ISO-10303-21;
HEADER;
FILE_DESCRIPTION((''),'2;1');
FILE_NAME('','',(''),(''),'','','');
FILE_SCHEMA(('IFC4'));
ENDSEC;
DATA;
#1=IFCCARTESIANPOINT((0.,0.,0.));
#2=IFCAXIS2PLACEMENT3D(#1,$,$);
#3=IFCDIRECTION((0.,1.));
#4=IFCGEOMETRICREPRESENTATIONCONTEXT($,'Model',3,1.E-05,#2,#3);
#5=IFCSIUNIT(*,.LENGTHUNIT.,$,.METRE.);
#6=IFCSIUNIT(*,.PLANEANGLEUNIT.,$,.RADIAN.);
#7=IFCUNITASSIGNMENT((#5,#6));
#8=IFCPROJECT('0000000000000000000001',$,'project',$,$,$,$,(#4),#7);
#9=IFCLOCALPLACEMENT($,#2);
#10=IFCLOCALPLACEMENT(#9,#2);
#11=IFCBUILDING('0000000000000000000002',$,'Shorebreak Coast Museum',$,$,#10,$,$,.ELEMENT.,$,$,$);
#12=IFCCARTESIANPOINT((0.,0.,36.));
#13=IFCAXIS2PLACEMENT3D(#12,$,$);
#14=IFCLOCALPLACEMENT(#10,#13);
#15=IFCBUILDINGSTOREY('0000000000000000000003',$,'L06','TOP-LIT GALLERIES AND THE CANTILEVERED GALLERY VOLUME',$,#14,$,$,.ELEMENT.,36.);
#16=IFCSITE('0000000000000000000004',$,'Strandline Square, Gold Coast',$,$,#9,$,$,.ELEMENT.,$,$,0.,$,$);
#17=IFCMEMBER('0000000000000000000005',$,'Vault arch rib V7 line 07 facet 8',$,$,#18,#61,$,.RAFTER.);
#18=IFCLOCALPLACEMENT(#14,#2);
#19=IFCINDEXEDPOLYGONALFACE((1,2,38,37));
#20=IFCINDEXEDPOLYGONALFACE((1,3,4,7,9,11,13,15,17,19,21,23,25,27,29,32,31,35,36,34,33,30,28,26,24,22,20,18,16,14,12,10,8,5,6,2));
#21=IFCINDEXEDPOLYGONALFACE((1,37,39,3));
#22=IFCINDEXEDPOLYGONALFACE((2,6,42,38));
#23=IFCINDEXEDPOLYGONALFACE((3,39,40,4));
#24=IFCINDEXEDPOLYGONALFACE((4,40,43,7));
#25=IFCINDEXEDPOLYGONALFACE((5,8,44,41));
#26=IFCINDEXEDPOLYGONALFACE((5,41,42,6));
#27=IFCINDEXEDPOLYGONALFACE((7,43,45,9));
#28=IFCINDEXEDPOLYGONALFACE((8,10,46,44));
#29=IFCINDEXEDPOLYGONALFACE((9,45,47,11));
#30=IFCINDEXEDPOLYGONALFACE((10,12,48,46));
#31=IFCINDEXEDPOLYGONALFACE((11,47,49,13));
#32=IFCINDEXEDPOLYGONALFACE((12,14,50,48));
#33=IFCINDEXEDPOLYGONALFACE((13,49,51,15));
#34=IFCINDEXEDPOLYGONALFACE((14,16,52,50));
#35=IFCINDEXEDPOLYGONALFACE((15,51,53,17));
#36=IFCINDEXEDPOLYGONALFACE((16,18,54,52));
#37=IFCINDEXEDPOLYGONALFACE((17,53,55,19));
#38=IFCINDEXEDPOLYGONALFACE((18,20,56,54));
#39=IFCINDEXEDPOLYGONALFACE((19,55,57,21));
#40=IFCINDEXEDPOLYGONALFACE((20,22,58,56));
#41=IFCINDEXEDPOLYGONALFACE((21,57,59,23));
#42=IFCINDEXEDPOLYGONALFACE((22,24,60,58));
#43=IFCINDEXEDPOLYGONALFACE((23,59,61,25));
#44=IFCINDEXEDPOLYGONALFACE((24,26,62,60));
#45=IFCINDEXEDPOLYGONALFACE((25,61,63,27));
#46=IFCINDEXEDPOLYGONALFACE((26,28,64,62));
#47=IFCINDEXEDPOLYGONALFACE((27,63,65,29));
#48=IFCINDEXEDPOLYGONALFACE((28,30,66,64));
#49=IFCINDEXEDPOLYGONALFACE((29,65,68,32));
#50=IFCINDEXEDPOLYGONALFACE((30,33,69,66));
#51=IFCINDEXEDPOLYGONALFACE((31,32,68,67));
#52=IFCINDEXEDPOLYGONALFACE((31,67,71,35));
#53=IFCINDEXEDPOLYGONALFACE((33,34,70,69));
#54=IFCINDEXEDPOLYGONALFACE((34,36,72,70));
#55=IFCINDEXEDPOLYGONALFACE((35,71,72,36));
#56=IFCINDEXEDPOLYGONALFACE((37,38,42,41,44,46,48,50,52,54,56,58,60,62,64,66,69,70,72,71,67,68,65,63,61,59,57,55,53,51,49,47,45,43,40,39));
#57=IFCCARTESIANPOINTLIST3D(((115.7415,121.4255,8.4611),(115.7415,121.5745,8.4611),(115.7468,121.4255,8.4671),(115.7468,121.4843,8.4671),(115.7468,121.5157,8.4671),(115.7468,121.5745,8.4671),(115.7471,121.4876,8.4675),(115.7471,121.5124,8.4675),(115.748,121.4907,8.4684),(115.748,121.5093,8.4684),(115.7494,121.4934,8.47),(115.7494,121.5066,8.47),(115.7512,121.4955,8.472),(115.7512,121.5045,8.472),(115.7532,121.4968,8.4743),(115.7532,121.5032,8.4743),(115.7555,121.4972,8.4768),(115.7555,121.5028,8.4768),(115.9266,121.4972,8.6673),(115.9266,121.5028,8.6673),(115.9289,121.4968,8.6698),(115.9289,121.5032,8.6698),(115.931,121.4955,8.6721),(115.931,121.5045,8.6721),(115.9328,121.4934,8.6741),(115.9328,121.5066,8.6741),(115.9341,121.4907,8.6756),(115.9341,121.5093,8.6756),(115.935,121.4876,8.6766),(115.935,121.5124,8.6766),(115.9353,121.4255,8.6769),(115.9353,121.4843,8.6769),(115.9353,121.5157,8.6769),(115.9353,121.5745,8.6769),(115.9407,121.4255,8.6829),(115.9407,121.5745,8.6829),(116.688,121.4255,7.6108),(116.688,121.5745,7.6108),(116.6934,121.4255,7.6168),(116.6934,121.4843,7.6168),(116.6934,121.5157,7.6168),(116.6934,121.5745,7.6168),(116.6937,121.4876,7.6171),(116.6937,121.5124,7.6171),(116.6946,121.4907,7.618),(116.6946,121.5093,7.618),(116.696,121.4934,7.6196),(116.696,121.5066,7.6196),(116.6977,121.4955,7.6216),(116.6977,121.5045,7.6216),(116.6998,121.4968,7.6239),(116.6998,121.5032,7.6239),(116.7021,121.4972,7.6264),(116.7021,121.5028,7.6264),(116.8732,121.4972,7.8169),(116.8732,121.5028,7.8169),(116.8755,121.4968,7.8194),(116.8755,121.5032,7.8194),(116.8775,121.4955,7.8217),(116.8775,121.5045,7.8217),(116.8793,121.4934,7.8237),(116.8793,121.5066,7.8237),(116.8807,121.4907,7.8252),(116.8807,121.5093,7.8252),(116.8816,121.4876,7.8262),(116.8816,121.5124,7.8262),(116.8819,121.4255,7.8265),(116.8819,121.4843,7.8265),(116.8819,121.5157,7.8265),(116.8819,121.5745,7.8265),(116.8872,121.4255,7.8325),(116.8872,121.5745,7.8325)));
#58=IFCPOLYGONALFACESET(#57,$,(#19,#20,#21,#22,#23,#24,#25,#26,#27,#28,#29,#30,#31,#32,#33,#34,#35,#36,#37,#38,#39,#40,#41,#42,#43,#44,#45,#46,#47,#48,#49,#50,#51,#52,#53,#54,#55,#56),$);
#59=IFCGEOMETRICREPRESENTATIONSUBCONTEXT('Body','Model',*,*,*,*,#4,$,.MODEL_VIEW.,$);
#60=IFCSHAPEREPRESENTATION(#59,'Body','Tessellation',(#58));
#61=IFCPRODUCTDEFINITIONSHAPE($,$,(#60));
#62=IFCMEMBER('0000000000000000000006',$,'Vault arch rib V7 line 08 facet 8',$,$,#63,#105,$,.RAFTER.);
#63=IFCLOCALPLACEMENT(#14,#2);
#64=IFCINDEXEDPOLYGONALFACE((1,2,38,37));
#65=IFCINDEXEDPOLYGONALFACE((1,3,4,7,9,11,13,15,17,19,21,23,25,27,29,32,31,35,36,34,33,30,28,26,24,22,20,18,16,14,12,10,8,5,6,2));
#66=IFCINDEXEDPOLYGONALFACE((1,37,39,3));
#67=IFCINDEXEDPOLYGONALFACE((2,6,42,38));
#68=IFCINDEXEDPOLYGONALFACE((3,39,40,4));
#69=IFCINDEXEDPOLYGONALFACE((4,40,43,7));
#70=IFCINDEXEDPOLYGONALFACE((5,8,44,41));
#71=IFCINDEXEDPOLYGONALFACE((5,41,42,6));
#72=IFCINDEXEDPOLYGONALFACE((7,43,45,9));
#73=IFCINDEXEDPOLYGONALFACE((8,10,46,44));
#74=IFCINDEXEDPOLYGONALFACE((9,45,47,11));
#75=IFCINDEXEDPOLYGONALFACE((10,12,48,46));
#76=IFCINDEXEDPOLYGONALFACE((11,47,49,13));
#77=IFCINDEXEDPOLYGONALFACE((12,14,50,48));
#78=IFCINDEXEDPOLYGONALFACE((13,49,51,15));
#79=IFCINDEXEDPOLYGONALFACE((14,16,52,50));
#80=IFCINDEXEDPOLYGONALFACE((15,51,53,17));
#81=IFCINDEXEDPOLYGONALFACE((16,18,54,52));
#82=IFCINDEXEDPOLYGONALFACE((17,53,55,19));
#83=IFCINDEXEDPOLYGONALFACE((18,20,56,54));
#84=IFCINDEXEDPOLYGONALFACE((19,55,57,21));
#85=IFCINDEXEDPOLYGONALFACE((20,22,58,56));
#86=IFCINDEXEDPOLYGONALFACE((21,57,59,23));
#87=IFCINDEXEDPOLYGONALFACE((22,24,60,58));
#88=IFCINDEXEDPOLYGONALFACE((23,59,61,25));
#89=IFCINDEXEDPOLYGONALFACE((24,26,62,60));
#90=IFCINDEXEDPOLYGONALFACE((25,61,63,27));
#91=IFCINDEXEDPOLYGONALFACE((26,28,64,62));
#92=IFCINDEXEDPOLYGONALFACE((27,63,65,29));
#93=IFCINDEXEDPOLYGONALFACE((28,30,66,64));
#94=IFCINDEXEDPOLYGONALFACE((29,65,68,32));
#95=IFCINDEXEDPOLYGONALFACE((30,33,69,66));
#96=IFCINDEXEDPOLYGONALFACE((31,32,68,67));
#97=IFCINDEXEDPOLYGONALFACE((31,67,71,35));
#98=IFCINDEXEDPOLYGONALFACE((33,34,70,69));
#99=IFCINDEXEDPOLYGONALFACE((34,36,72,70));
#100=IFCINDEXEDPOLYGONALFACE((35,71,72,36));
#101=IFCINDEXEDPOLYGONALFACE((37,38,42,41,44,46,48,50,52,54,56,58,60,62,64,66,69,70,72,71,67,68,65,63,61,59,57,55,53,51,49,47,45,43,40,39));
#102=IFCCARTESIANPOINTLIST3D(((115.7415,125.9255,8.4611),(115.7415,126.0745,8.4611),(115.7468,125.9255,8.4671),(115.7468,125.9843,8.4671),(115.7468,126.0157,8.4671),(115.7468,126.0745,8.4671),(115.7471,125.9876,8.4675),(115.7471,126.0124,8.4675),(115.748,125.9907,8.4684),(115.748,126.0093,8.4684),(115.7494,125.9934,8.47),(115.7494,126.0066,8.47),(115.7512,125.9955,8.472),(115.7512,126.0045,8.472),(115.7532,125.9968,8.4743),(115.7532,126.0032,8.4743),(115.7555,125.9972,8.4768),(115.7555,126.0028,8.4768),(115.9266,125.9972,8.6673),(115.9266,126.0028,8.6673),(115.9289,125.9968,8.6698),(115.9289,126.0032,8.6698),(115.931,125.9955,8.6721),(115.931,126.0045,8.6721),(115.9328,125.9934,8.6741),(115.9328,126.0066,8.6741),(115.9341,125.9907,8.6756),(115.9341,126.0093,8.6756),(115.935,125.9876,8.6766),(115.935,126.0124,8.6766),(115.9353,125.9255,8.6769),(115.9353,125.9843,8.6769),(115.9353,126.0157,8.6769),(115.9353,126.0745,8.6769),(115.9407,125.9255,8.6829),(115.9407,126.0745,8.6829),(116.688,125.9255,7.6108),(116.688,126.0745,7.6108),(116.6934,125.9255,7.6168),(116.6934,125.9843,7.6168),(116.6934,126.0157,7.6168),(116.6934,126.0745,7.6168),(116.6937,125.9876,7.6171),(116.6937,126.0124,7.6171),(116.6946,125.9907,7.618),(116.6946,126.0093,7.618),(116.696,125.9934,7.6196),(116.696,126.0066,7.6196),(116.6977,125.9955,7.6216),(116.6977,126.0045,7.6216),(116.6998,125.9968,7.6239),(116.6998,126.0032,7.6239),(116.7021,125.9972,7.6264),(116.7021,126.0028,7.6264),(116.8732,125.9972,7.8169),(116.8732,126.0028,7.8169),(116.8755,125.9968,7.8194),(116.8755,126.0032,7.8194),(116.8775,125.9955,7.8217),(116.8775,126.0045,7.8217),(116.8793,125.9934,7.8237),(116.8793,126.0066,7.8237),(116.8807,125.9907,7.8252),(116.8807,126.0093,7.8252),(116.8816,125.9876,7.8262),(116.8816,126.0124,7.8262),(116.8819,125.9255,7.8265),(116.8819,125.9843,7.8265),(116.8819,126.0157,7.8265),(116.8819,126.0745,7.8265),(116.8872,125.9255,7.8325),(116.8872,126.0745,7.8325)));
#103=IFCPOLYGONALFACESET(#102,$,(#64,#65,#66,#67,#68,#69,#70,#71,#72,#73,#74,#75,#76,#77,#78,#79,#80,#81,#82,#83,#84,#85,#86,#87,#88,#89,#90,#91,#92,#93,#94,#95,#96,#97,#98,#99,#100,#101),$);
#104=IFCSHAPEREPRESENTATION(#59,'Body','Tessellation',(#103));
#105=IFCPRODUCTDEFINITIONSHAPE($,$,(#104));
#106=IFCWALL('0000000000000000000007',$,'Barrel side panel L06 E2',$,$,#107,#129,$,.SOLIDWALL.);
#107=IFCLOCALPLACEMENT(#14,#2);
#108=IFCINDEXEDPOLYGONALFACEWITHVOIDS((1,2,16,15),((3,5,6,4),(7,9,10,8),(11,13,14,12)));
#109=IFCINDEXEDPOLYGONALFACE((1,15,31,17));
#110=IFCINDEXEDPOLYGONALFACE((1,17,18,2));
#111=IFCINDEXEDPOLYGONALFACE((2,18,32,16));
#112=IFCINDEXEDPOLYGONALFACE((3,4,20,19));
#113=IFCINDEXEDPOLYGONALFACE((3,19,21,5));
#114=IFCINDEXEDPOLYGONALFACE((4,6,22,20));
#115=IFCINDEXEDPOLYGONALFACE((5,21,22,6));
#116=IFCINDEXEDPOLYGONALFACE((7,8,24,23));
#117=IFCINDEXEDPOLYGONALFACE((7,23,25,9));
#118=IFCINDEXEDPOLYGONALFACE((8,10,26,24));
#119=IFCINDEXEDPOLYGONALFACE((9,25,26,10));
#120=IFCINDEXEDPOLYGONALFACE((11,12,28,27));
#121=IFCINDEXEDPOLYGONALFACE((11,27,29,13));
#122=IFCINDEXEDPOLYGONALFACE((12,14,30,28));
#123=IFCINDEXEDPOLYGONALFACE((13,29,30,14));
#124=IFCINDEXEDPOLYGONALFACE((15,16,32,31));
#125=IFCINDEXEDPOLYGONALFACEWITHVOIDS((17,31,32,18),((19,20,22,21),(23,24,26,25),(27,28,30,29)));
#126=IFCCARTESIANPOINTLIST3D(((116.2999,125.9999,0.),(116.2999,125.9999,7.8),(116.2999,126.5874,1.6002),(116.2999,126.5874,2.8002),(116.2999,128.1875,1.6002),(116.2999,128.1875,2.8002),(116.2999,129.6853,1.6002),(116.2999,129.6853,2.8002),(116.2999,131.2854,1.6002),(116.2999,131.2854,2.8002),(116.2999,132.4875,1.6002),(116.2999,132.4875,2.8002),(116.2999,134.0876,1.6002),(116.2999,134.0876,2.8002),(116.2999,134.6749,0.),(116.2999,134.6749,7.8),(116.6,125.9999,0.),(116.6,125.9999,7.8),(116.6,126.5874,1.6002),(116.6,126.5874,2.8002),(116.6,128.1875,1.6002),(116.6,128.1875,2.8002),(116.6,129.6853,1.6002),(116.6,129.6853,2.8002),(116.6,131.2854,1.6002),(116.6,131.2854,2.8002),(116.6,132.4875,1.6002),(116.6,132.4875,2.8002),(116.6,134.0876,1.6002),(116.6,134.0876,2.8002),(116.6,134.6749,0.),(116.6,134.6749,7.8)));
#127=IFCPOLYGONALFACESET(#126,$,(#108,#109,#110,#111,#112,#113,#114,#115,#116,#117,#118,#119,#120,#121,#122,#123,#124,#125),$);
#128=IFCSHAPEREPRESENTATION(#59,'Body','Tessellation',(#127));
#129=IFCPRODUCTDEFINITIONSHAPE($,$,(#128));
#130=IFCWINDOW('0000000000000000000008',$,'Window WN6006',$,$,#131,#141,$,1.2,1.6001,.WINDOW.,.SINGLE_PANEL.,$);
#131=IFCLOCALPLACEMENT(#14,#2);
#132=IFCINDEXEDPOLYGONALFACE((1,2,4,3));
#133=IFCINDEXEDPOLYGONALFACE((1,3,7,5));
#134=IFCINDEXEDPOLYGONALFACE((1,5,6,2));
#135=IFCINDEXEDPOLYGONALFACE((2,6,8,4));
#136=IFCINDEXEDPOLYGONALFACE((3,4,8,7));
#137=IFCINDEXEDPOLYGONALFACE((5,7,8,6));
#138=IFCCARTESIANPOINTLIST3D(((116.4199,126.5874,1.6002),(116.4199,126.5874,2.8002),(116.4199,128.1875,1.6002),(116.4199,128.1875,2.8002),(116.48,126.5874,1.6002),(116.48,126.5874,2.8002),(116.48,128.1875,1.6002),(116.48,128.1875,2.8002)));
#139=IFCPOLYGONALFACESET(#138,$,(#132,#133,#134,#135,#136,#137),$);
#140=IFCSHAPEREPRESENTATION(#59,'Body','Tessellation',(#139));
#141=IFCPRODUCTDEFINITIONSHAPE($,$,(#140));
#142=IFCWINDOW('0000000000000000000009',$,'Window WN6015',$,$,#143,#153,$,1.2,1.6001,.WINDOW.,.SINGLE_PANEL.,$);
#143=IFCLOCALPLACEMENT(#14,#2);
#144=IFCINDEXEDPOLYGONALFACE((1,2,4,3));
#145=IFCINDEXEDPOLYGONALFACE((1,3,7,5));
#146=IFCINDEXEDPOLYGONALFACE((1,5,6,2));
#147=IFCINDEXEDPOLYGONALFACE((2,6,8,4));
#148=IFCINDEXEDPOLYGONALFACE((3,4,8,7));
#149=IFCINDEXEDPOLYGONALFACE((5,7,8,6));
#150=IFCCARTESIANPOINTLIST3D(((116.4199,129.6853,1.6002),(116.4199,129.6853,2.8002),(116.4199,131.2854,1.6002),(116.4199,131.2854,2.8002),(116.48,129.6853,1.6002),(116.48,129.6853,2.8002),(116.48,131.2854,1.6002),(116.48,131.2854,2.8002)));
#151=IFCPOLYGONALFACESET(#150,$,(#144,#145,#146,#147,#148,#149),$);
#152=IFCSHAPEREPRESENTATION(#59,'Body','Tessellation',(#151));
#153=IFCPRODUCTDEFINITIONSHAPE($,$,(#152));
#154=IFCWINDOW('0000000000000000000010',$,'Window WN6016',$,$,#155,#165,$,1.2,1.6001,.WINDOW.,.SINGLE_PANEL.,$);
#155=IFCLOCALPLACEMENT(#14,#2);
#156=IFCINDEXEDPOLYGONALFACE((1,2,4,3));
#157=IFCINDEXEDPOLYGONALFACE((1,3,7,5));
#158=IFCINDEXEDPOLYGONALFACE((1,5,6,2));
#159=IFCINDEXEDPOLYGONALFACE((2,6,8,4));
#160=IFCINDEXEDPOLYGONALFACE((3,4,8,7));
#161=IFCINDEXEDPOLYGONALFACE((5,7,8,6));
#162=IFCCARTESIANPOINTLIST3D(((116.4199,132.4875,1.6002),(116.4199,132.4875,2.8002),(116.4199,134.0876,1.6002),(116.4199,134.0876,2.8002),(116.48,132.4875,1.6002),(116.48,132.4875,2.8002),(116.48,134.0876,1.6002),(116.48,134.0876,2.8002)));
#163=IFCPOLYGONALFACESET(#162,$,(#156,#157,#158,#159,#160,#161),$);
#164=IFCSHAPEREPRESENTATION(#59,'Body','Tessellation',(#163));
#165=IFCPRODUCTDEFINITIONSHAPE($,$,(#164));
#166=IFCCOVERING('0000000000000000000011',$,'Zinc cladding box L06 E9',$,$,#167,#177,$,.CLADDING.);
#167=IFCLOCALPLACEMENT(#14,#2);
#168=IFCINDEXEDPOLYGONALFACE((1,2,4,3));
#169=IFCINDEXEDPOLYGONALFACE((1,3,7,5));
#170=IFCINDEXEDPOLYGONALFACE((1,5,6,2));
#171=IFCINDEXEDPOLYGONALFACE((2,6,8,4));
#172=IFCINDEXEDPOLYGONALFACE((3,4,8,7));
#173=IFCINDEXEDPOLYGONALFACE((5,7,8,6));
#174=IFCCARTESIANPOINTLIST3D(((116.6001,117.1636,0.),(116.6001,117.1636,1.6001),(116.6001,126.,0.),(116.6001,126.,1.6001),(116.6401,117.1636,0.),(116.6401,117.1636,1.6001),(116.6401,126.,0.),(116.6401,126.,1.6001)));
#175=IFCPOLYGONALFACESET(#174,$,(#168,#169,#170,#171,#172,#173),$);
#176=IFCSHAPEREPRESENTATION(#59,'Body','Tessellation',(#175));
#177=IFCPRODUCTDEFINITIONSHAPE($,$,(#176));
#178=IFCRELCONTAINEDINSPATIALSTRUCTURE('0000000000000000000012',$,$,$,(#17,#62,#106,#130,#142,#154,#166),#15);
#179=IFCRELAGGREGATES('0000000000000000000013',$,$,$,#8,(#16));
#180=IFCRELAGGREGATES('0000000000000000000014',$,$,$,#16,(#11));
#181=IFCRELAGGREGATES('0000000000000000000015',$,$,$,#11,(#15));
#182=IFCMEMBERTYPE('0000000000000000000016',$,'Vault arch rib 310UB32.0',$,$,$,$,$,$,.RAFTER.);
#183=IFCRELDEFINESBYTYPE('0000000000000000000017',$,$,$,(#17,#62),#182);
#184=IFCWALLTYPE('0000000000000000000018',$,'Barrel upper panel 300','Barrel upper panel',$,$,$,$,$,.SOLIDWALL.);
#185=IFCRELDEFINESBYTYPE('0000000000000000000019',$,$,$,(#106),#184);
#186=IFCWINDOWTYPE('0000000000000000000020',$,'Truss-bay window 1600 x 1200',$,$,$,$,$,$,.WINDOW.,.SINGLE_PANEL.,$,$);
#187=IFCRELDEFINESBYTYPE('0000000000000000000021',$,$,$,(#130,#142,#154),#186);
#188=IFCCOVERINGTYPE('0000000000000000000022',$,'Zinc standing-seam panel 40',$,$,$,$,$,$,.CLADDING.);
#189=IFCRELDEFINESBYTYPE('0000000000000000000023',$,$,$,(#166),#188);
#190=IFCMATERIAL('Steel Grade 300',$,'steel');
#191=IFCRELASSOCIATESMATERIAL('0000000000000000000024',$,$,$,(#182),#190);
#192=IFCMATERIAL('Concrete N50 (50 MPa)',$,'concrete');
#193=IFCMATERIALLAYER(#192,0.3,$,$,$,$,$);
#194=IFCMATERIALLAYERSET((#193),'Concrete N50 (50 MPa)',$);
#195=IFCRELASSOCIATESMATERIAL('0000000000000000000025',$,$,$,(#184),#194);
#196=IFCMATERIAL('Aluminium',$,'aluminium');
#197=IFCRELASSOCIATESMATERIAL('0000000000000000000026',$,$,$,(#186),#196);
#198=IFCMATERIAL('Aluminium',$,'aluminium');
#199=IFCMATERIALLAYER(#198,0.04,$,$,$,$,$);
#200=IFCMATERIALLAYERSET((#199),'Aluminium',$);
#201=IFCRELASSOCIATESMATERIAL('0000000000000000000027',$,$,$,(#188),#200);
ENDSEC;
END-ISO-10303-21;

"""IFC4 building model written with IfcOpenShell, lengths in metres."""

from ifc_helpers import new_model, si_unit, direction, frame, frame_2d, origin, origin_2d, place, context, subcontext, project, spatial, rectangle, i_section, extrude, material, layer, layer_set, material_profile, profile_set, type_object, element, fill, save


model = new_model("IFC4")

# Units and contexts
model_context = context("Model", 3, precision=1e-05, world=origin(), true_north=direction((0.0, 1.0)))
body_context = subcontext(model_context, "Body", "Model", "MODEL_VIEW")
ifc_project = project(units=[si_unit("LENGTHUNIT", "METRE"), si_unit("PLANEANGLEUNIT", "RADIAN")], contexts=[model_context])

# Site, building, storey
site_placement = place(None, origin())
site = spatial("IfcSite", under=ifc_project, at=site_placement, Name="Strandline Square, Gold Coast", CompositionType="ELEMENT", RefElevation=0.0)
building_placement = place(site_placement, origin())
building = spatial("IfcBuilding", under=site, at=building_placement, Name="Shorebreak Coast Museum", CompositionType="ELEMENT")
storey_placement = place(building_placement, frame((0.0, 0.0, 36.0)))
storey = spatial("IfcBuildingStorey", under=building, at=storey_placement, Name="L06", Description="TOP-LIT GALLERIES AND THE CANTILEVERED GALLERY VOLUME", CompositionType="ELEMENT", Elevation=36.0)

# Members
ifc_material_1 = material(Name="Steel Grade 300", Category="steel")
ifc_material_profile_1 = material_profile(ifc_material_1, i_section(OverallWidth=0.1489, OverallDepth=0.2981, WebThickness=0.0056, FlangeThickness=0.0081, FilletRadius=0.0129, at=origin_2d()), Name="310UB32.0")
ifc_profile_set_1 = profile_set([ifc_material_profile_1], Name="Steel Grade 300")
member_type_1 = type_object("IfcMemberType", Name="Vault arch rib 310UB32.0", PredefinedType="RAFTER", material=ifc_profile_set_1)
for number, where, z_axis, x_axis, name in (
    (1, (115.8411, 121.5, 8.572), (0.743895, 0.0, -0.668297), (0.0, 1.0, 0.0), "Vault arch rib V7 line 07 facet 8"),
    (2, (115.8411, 126.0, 8.572), (0.743895, 0.0, -0.668297), (0.0, 1.0, 0.0), "Vault arch rib V7 line 08 facet 8"),
):
    element("IfcMember", number, at=place(storey_placement, frame(where, z_axis=z_axis, x_axis=x_axis)), inside=storey, type_object=member_type_1, Name=name, PredefinedType="RAFTER", context=body_context, shape_type="SweptSolid", body=[
        extrude(i_section(OverallWidth=0.1489, OverallDepth=0.2981, WebThickness=0.0056, FlangeThickness=0.0081, FilletRadius=0.0129, at=origin_2d()), origin(), (0.0, 0.0, 1.0), 1.2725),
    ])

# Wall, openings, windows
ifc_material_2 = material(Name="Concrete N50 (50 MPa)", Category="concrete")
ifc_layer_1 = layer(ifc_material_2, 0.3)
ifc_layer_set_1 = layer_set([ifc_layer_1], Name="Concrete N50 (50 MPa)")
wall_type = type_object("IfcWallType", Name="Barrel upper panel 300", Description="Barrel upper panel", PredefinedType="SOLIDWALL", material=ifc_layer_set_1)
wall_placement = place(storey_placement, frame((116.45, 126.0, 0.0), z_axis=(0.0, 0.0, 1.0), x_axis=(0.0, 1.0, 0.0)))
wall = element("IfcWall", 3, at=wall_placement, inside=storey, type_object=wall_type, Name="Barrel side panel L06 E2", PredefinedType="SOLIDWALL", context=body_context, shape_type="SweptSolid", body=[
    extrude(rectangle(XDim=8.675, YDim=0.3, at=frame_2d((4.3374, 0.0))), origin(), (0.0, 0.0, 1.0), 7.8),
])
opening_1_placement = place(wall_placement, frame((0.5874, 0.0, 1.6001)))
opening_1 = element("IfcOpeningElement", 4, at=opening_1_placement, cuts=wall, PredefinedType="OPENING", context=body_context, shape_type="SweptSolid", body=[
    extrude(rectangle(XDim=1.6001, YDim=1.2, at=frame_2d((0.8, 0.6001))), frame((0.0, 0.1599, 0.0), z_axis=(0.0, -1.0, 0.0), x_axis=(1.0, 0.0, 0.0)), (0.0, 0.0, 1.0), 0.3201),
])
opening_2_placement = place(wall_placement, frame((3.6853, 0.0, 1.6001)))
opening_2 = element("IfcOpeningElement", 5, at=opening_2_placement, cuts=wall, PredefinedType="OPENING", context=body_context, shape_type="SweptSolid", body=[
    extrude(rectangle(XDim=1.6001, YDim=1.2, at=frame_2d((0.8, 0.6001))), frame((0.0, 0.1599, 0.0), z_axis=(0.0, -1.0, 0.0), x_axis=(1.0, 0.0, 0.0)), (0.0, 0.0, 1.0), 0.3201),
])
opening_3_placement = place(wall_placement, frame((6.4875, 0.0, 1.6001)))
opening_3 = element("IfcOpeningElement", 6, at=opening_3_placement, cuts=wall, PredefinedType="OPENING", context=body_context, shape_type="SweptSolid", body=[
    extrude(rectangle(XDim=1.6001, YDim=1.2, at=frame_2d((0.8, 0.6001))), frame((0.0, 0.1599, 0.0), z_axis=(0.0, -1.0, 0.0), x_axis=(1.0, 0.0, 0.0)), (0.0, 0.0, 1.0), 0.3201),
])
ifc_material_3 = material(Name="Aluminium", Category="aluminium")
window_type = type_object("IfcWindowType", Name="Truss-bay window 1600 x 1200", PartitioningType="SINGLE_PANEL", PredefinedType="WINDOW", material=ifc_material_3)
window_1_placement = place(opening_1_placement, origin())
window_1 = element("IfcWindow", 7, at=window_1_placement, inside=storey, type_object=window_type, Name="Window WN6006", OverallHeight=1.2, OverallWidth=1.6001, PartitioningType="SINGLE_PANEL", PredefinedType="WINDOW", context=body_context, shape_type="SweptSolid", body=[
    extrude(rectangle(XDim=1.6001, YDim=1.2, at=frame_2d((0.8, 0.6001))), frame((0.0, 0.03, 0.0), z_axis=(0.0, -1.0, 0.0), x_axis=(1.0, 0.0, 0.0)), (0.0, 0.0, 1.0), 0.0601),
])
fill(opening_1, window_1)
window_2_placement = place(opening_2_placement, origin())
window_2 = element("IfcWindow", 8, at=window_2_placement, inside=storey, type_object=window_type, Name="Window WN6015", OverallHeight=1.2, OverallWidth=1.6001, PartitioningType="SINGLE_PANEL", PredefinedType="WINDOW", context=body_context, shape_type="SweptSolid", body=[
    extrude(rectangle(XDim=1.6001, YDim=1.2, at=frame_2d((0.8, 0.6001))), frame((0.0, 0.03, 0.0), z_axis=(0.0, -1.0, 0.0), x_axis=(1.0, 0.0, 0.0)), (0.0, 0.0, 1.0), 0.0601),
])
fill(opening_2, window_2)
window_3_placement = place(opening_3_placement, origin())
window_3 = element("IfcWindow", 9, at=window_3_placement, inside=storey, type_object=window_type, Name="Window WN6016", OverallHeight=1.2, OverallWidth=1.6001, PartitioningType="SINGLE_PANEL", PredefinedType="WINDOW", context=body_context, shape_type="SweptSolid", body=[
    extrude(rectangle(XDim=1.6001, YDim=1.2, at=frame_2d((0.8, 0.6001))), frame((0.0, 0.03, 0.0), z_axis=(0.0, -1.0, 0.0), x_axis=(1.0, 0.0, 0.0)), (0.0, 0.0, 1.0), 0.0601),
])
fill(opening_3, window_3)

# Covering
ifc_material_4 = material(Name="Aluminium", Category="aluminium")
ifc_layer_2 = layer(ifc_material_4, 0.04)
ifc_layer_set_2 = layer_set([ifc_layer_2], Name="Aluminium")
covering_type = type_object("IfcCoveringType", Name="Zinc standing-seam panel 40", PredefinedType="CLADDING", material=ifc_layer_set_2)
covering_1_placement = place(storey_placement, frame((116.6201, 121.5818, 0.0), z_axis=(0.0, 0.0, 1.0), x_axis=(1.0, 0.0, 0.0)))
element("IfcCovering", 10, at=covering_1_placement, inside=storey, type_object=covering_type, Name="Zinc cladding box L06 E9", PredefinedType="CLADDING", context=body_context, shape_type="SweptSolid", body=[
    extrude(rectangle(XDim=0.04, YDim=8.8364, at=origin_2d()), origin(), (0.0, 0.0, 1.0), 1.6001),
])

save(model, "model.ifc")
